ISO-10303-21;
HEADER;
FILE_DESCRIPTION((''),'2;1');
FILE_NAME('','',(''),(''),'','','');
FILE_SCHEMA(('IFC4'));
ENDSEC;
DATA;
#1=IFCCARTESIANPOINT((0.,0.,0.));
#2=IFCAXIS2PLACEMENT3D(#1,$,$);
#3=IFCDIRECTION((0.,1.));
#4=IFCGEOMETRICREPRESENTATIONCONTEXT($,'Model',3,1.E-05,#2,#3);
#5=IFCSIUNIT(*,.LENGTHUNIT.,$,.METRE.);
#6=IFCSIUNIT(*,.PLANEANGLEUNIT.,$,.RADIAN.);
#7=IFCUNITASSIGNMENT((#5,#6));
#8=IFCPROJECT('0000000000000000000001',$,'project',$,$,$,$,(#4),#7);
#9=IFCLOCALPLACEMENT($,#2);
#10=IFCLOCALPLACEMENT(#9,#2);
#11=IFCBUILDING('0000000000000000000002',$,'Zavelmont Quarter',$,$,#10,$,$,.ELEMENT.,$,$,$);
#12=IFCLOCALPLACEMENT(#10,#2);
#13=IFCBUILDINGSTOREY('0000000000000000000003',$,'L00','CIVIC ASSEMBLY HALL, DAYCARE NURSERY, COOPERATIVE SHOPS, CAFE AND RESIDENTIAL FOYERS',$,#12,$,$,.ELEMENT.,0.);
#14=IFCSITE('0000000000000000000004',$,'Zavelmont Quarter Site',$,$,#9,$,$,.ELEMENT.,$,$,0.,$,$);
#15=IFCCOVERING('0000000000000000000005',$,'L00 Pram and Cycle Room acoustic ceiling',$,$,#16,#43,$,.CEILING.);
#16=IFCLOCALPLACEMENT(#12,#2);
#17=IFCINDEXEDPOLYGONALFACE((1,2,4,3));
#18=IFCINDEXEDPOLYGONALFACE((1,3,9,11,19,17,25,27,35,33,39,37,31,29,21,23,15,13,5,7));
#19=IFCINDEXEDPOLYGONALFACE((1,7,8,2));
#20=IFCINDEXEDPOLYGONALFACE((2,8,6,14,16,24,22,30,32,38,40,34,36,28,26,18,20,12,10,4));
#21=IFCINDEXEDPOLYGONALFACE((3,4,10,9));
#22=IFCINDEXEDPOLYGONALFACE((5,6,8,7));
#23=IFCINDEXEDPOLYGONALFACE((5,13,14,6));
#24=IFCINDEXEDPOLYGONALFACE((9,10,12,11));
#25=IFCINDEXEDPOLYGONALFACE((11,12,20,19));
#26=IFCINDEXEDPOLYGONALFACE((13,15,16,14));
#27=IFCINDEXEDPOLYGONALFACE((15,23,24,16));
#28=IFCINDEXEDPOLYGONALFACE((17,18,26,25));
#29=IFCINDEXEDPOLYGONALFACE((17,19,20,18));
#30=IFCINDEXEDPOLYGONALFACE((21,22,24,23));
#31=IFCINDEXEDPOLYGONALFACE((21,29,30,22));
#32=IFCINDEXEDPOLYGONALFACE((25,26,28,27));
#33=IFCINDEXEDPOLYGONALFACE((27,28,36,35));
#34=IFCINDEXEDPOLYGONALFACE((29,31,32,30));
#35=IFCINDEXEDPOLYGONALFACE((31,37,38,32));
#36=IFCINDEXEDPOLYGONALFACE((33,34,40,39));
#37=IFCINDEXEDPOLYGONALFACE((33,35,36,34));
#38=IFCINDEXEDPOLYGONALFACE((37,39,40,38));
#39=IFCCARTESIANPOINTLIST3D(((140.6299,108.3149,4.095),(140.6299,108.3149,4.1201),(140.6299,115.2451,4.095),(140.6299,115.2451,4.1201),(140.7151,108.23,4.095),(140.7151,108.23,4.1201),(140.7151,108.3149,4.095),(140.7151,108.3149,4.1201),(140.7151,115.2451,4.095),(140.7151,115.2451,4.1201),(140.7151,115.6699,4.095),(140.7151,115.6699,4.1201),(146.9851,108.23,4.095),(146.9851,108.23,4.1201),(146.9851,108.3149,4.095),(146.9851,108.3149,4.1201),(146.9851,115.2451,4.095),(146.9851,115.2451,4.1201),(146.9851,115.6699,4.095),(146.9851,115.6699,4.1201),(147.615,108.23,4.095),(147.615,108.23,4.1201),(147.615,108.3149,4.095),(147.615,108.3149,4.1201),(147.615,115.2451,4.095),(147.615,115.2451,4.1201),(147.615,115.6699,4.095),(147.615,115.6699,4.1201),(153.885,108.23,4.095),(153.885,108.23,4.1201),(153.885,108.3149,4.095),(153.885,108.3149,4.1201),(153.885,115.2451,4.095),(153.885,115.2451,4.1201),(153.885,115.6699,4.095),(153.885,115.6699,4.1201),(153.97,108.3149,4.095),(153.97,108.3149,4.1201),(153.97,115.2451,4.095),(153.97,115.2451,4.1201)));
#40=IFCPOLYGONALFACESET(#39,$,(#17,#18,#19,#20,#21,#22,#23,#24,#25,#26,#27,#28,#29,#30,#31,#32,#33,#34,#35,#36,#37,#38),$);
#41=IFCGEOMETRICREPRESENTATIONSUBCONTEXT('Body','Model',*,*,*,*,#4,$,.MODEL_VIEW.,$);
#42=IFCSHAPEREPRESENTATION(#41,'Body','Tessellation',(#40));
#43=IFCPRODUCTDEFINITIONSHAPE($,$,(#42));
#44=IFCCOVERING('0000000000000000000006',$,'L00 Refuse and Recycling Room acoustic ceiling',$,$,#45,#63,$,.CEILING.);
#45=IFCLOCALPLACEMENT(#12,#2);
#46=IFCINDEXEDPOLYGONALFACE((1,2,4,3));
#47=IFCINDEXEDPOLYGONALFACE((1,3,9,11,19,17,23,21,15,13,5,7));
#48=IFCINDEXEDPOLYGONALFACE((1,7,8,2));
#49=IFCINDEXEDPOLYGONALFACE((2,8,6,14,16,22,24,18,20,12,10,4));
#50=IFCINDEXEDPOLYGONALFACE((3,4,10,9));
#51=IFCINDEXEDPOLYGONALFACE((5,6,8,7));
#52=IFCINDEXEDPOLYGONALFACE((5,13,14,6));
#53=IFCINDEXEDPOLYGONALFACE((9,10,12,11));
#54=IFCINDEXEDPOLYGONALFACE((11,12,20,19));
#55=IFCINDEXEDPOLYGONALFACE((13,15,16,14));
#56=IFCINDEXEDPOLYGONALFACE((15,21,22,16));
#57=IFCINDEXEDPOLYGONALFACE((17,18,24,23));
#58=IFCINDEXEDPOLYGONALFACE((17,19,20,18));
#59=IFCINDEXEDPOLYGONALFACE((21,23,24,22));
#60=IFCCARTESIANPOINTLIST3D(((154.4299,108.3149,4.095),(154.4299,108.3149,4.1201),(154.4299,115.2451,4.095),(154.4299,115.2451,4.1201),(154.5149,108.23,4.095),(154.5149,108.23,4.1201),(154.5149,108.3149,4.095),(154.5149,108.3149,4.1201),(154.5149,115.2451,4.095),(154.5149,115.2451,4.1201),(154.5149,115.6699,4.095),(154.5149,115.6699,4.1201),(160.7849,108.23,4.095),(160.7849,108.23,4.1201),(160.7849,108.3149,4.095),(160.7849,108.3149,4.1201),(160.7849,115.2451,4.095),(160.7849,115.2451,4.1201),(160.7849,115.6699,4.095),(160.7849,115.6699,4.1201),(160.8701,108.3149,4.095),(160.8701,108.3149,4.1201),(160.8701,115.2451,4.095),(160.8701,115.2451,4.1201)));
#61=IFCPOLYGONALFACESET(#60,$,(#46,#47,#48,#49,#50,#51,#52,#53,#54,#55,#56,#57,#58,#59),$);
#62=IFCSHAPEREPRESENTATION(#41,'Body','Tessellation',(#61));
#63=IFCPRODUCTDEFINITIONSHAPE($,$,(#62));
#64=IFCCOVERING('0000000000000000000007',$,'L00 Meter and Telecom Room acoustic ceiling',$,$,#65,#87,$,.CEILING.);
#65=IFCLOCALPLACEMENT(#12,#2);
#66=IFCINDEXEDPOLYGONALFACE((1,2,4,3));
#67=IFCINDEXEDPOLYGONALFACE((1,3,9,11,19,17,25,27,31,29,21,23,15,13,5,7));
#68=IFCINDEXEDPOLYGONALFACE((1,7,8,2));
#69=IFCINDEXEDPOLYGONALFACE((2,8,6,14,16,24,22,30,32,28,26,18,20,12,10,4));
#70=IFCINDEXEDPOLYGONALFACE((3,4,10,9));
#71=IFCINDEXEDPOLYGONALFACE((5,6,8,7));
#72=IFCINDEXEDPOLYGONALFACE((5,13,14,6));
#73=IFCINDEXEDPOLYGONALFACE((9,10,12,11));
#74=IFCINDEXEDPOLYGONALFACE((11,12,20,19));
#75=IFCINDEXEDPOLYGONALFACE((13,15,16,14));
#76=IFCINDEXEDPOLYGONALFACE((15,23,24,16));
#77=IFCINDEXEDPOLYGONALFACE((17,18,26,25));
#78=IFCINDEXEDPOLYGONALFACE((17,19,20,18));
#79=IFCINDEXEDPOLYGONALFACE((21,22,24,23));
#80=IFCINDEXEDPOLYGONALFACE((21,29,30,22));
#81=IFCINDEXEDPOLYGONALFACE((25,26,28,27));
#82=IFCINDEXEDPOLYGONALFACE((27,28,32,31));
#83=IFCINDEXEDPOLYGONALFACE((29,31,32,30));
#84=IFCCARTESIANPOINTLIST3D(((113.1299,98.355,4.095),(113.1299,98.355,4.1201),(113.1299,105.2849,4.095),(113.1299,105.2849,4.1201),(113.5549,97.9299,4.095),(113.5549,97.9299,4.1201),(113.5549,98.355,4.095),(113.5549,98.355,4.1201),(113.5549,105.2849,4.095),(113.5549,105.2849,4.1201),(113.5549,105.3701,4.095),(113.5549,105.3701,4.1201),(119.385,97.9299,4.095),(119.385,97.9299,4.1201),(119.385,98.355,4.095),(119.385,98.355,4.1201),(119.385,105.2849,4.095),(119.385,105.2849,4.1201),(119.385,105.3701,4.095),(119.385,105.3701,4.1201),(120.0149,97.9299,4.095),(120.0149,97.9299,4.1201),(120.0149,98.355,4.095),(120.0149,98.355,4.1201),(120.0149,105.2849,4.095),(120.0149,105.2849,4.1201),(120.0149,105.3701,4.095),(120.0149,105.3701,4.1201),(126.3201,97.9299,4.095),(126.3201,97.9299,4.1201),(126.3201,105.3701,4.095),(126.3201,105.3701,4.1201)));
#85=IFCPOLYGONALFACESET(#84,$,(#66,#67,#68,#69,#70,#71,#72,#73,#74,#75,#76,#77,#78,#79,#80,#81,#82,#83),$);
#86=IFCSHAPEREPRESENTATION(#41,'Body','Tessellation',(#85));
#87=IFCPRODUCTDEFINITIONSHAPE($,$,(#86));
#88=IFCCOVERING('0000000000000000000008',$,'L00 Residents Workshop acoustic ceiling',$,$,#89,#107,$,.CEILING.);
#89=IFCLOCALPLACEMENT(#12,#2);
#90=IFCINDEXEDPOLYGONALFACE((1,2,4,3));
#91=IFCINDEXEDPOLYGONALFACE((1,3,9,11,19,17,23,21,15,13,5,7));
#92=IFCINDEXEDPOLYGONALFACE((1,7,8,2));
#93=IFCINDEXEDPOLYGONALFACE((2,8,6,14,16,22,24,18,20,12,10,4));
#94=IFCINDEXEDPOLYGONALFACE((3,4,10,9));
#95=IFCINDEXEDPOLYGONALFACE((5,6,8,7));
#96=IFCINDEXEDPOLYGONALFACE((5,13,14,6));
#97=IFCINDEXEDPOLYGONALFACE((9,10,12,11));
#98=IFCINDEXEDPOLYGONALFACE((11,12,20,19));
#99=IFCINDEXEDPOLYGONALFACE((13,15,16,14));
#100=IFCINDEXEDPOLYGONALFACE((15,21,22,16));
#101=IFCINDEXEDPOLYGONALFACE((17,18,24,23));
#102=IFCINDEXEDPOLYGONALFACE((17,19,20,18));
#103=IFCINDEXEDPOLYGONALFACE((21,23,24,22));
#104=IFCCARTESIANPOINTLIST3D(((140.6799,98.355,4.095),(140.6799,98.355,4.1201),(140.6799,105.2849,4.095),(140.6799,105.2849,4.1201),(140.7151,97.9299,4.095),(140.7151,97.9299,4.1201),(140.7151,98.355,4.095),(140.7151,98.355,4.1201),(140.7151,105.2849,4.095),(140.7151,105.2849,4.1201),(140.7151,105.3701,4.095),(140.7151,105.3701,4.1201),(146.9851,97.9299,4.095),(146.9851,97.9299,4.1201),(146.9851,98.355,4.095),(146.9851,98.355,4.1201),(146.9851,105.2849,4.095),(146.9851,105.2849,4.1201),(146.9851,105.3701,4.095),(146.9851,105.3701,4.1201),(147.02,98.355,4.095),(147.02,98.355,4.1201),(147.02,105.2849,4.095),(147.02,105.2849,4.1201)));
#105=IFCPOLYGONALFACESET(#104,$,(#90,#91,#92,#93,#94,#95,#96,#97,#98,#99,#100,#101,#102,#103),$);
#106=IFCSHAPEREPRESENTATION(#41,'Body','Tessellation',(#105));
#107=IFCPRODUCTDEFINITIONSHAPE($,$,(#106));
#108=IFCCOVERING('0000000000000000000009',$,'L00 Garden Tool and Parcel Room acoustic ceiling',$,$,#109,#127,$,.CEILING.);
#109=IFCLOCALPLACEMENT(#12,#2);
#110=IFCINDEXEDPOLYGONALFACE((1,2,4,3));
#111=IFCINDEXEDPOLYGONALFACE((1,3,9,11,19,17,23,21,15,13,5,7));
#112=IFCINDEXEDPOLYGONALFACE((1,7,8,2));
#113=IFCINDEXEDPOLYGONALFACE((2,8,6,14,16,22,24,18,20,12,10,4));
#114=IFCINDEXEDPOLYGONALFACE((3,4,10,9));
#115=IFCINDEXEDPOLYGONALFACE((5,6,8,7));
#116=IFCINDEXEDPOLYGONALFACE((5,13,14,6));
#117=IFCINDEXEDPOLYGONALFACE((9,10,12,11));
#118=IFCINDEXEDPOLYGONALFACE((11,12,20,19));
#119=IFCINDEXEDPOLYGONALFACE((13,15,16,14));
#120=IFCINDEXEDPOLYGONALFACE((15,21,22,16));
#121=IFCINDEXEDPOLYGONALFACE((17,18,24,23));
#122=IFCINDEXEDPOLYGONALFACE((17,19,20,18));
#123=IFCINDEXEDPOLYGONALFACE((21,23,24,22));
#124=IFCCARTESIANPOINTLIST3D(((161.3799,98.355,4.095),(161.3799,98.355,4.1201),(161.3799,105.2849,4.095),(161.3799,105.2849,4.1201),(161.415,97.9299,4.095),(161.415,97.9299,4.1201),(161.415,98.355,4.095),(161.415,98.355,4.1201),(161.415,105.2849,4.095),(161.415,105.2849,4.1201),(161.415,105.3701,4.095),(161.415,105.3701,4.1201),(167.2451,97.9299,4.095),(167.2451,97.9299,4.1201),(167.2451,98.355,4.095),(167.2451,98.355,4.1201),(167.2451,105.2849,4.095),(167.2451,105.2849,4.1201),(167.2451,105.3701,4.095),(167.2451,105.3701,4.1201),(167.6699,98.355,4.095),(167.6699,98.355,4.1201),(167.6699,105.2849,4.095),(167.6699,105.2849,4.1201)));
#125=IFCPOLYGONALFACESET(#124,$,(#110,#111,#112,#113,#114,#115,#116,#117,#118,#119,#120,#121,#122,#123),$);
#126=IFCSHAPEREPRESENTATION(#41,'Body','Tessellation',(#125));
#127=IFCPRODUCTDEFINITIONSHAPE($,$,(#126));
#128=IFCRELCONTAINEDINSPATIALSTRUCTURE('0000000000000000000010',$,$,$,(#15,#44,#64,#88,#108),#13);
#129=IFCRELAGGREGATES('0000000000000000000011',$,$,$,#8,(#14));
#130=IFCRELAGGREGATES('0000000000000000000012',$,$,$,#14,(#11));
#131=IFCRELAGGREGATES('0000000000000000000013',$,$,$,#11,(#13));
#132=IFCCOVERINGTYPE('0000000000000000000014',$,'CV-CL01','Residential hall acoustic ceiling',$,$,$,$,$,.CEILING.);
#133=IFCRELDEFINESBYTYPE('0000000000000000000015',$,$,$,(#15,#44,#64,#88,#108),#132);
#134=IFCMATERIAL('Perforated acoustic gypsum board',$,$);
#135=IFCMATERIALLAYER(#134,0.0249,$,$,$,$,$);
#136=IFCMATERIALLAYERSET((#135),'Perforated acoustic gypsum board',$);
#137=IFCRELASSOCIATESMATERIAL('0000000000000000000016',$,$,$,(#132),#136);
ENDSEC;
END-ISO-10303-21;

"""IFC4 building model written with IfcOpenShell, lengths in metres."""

from ifc_helpers import new_model, si_unit, direction, frame, origin, place, context, subcontext, project, spatial, polyline, outline, extrude, material, layer, layer_set, type_object, element, save


model = new_model("IFC4")

# Units and contexts
model_context = context("Model", 3, precision=1e-05, world=origin(), true_north=direction((0.0, 1.0)))
body_context = subcontext(model_context, "Body", "Model", "MODEL_VIEW")
ifc_project = project(units=[si_unit("LENGTHUNIT", "METRE"), si_unit("PLANEANGLEUNIT", "RADIAN")], contexts=[model_context])

# Site, building, storey
site_placement = place(None, origin())
site = spatial("IfcSite", under=ifc_project, at=site_placement, Name="Zavelmont Quarter Site", CompositionType="ELEMENT", RefElevation=0.0)
building_placement = place(site_placement, origin())
building = spatial("IfcBuilding", under=site, at=building_placement, Name="Zavelmont Quarter", CompositionType="ELEMENT")
storey_placement = place(building_placement, origin())
storey = spatial("IfcBuildingStorey", under=building, at=storey_placement, Name="L00", Description="CIVIC ASSEMBLY HALL, DAYCARE NURSERY, COOPERATIVE SHOPS, CAFE AND RESIDENTIAL FOYERS", CompositionType="ELEMENT", Elevation=0.0)

# Coverings
ifc_material_1 = material(Name="Perforated acoustic gypsum board")
ifc_layer_1 = layer(ifc_material_1, 0.0249)
ifc_layer_set_1 = layer_set([ifc_layer_1], Name="Perforated acoustic gypsum board")
covering_type_1 = type_object("IfcCoveringType", Name="CV-CL01", Description="Residential hall acoustic ceiling", PredefinedType="CEILING", material=ifc_layer_set_1)
covering_1_placement = place(storey_placement, frame((0.0, 0.0, 4.095)))
element("IfcCovering", 1, at=covering_1_placement, inside=storey, type_object=covering_type_1, Name="L00 Pram and Cycle Room acoustic ceiling", PredefinedType="CEILING", context=body_context, shape_type="SweptSolid", body=[
    extrude(outline(polyline([(140.6299, 115.2451), (140.7151, 115.2451), (140.7151, 115.6699), (146.9851, 115.6699), (146.9851, 115.2451), (147.615, 115.2451), (147.615, 115.6699), (153.885, 115.6699), (153.885, 115.2451), (153.97, 115.2451), (153.97, 108.3149), (153.885, 108.3149), (153.885, 108.23), (147.615, 108.23), (147.615, 108.3149), (146.9851, 108.3149), (146.9851, 108.23), (140.7151, 108.23), (140.7151, 108.3149), (140.6299, 108.3149), (140.6299, 115.2451)])), origin(), (0.0, 0.0, 1.0), 0.0251),
])
covering_2_placement = place(storey_placement, frame((0.0, 0.0, 4.095)))
element("IfcCovering", 2, at=covering_2_placement, inside=storey, type_object=covering_type_1, Name="L00 Refuse and Recycling Room acoustic ceiling", PredefinedType="CEILING", context=body_context, shape_type="SweptSolid", body=[
    extrude(outline(polyline([(154.4299, 115.2451), (154.5149, 115.2451), (154.5149, 115.6699), (160.7849, 115.6699), (160.7849, 115.2451), (160.8701, 115.2451), (160.8701, 108.3149), (160.7849, 108.3149), (160.7849, 108.23), (154.5149, 108.23), (154.5149, 108.3149), (154.4299, 108.3149), (154.4299, 115.2451)])), origin(), (0.0, 0.0, 1.0), 0.0251),
])
covering_3_placement = place(storey_placement, frame((0.0, 0.0, 4.095)))
element("IfcCovering", 3, at=covering_3_placement, inside=storey, type_object=covering_type_1, Name="L00 Meter and Telecom Room acoustic ceiling", PredefinedType="CEILING", context=body_context, shape_type="SweptSolid", body=[
    extrude(outline(polyline([(113.1299, 105.2849), (113.5549, 105.2849), (113.5549, 105.3701), (119.385, 105.3701), (119.385, 105.2849), (120.0149, 105.2849), (120.0149, 105.3701), (126.3201, 105.3701), (126.3201, 97.9299), (120.0149, 97.9299), (120.0149, 98.355), (119.385, 98.355), (119.385, 97.9299), (113.5549, 97.9299), (113.5549, 98.355), (113.1299, 98.355), (113.1299, 105.2849)])), origin(), (0.0, 0.0, 1.0), 0.0251),
])
covering_4_placement = place(storey_placement, frame((0.0, 0.0, 4.095)))
element("IfcCovering", 4, at=covering_4_placement, inside=storey, type_object=covering_type_1, Name="L00 Residents Workshop acoustic ceiling", PredefinedType="CEILING", context=body_context, shape_type="SweptSolid", body=[
    extrude(outline(polyline([(140.6799, 105.2849), (140.7151, 105.2849), (140.7151, 105.3701), (146.9851, 105.3701), (146.9851, 105.2849), (147.02, 105.2849), (147.02, 98.355), (146.9851, 98.355), (146.9851, 97.9299), (140.7151, 97.9299), (140.7151, 98.355), (140.6799, 98.355), (140.6799, 105.2849)])), origin(), (0.0, 0.0, 1.0), 0.0251),
])
covering_5_placement = place(storey_placement, frame((0.0, 0.0, 4.095)))
element("IfcCovering", 5, at=covering_5_placement, inside=storey, type_object=covering_type_1, Name="L00 Garden Tool and Parcel Room acoustic ceiling", PredefinedType="CEILING", context=body_context, shape_type="SweptSolid", body=[
    extrude(outline(polyline([(161.3799, 105.2849), (161.415, 105.2849), (161.415, 105.3701), (167.2451, 105.3701), (167.2451, 105.2849), (167.6699, 105.2849), (167.6699, 98.355), (167.2451, 98.355), (167.2451, 97.9299), (161.415, 97.9299), (161.415, 98.355), (161.3799, 98.355), (161.3799, 105.2849)])), origin(), (0.0, 0.0, 1.0), 0.0251),
])

save(model, "model.ifc")
